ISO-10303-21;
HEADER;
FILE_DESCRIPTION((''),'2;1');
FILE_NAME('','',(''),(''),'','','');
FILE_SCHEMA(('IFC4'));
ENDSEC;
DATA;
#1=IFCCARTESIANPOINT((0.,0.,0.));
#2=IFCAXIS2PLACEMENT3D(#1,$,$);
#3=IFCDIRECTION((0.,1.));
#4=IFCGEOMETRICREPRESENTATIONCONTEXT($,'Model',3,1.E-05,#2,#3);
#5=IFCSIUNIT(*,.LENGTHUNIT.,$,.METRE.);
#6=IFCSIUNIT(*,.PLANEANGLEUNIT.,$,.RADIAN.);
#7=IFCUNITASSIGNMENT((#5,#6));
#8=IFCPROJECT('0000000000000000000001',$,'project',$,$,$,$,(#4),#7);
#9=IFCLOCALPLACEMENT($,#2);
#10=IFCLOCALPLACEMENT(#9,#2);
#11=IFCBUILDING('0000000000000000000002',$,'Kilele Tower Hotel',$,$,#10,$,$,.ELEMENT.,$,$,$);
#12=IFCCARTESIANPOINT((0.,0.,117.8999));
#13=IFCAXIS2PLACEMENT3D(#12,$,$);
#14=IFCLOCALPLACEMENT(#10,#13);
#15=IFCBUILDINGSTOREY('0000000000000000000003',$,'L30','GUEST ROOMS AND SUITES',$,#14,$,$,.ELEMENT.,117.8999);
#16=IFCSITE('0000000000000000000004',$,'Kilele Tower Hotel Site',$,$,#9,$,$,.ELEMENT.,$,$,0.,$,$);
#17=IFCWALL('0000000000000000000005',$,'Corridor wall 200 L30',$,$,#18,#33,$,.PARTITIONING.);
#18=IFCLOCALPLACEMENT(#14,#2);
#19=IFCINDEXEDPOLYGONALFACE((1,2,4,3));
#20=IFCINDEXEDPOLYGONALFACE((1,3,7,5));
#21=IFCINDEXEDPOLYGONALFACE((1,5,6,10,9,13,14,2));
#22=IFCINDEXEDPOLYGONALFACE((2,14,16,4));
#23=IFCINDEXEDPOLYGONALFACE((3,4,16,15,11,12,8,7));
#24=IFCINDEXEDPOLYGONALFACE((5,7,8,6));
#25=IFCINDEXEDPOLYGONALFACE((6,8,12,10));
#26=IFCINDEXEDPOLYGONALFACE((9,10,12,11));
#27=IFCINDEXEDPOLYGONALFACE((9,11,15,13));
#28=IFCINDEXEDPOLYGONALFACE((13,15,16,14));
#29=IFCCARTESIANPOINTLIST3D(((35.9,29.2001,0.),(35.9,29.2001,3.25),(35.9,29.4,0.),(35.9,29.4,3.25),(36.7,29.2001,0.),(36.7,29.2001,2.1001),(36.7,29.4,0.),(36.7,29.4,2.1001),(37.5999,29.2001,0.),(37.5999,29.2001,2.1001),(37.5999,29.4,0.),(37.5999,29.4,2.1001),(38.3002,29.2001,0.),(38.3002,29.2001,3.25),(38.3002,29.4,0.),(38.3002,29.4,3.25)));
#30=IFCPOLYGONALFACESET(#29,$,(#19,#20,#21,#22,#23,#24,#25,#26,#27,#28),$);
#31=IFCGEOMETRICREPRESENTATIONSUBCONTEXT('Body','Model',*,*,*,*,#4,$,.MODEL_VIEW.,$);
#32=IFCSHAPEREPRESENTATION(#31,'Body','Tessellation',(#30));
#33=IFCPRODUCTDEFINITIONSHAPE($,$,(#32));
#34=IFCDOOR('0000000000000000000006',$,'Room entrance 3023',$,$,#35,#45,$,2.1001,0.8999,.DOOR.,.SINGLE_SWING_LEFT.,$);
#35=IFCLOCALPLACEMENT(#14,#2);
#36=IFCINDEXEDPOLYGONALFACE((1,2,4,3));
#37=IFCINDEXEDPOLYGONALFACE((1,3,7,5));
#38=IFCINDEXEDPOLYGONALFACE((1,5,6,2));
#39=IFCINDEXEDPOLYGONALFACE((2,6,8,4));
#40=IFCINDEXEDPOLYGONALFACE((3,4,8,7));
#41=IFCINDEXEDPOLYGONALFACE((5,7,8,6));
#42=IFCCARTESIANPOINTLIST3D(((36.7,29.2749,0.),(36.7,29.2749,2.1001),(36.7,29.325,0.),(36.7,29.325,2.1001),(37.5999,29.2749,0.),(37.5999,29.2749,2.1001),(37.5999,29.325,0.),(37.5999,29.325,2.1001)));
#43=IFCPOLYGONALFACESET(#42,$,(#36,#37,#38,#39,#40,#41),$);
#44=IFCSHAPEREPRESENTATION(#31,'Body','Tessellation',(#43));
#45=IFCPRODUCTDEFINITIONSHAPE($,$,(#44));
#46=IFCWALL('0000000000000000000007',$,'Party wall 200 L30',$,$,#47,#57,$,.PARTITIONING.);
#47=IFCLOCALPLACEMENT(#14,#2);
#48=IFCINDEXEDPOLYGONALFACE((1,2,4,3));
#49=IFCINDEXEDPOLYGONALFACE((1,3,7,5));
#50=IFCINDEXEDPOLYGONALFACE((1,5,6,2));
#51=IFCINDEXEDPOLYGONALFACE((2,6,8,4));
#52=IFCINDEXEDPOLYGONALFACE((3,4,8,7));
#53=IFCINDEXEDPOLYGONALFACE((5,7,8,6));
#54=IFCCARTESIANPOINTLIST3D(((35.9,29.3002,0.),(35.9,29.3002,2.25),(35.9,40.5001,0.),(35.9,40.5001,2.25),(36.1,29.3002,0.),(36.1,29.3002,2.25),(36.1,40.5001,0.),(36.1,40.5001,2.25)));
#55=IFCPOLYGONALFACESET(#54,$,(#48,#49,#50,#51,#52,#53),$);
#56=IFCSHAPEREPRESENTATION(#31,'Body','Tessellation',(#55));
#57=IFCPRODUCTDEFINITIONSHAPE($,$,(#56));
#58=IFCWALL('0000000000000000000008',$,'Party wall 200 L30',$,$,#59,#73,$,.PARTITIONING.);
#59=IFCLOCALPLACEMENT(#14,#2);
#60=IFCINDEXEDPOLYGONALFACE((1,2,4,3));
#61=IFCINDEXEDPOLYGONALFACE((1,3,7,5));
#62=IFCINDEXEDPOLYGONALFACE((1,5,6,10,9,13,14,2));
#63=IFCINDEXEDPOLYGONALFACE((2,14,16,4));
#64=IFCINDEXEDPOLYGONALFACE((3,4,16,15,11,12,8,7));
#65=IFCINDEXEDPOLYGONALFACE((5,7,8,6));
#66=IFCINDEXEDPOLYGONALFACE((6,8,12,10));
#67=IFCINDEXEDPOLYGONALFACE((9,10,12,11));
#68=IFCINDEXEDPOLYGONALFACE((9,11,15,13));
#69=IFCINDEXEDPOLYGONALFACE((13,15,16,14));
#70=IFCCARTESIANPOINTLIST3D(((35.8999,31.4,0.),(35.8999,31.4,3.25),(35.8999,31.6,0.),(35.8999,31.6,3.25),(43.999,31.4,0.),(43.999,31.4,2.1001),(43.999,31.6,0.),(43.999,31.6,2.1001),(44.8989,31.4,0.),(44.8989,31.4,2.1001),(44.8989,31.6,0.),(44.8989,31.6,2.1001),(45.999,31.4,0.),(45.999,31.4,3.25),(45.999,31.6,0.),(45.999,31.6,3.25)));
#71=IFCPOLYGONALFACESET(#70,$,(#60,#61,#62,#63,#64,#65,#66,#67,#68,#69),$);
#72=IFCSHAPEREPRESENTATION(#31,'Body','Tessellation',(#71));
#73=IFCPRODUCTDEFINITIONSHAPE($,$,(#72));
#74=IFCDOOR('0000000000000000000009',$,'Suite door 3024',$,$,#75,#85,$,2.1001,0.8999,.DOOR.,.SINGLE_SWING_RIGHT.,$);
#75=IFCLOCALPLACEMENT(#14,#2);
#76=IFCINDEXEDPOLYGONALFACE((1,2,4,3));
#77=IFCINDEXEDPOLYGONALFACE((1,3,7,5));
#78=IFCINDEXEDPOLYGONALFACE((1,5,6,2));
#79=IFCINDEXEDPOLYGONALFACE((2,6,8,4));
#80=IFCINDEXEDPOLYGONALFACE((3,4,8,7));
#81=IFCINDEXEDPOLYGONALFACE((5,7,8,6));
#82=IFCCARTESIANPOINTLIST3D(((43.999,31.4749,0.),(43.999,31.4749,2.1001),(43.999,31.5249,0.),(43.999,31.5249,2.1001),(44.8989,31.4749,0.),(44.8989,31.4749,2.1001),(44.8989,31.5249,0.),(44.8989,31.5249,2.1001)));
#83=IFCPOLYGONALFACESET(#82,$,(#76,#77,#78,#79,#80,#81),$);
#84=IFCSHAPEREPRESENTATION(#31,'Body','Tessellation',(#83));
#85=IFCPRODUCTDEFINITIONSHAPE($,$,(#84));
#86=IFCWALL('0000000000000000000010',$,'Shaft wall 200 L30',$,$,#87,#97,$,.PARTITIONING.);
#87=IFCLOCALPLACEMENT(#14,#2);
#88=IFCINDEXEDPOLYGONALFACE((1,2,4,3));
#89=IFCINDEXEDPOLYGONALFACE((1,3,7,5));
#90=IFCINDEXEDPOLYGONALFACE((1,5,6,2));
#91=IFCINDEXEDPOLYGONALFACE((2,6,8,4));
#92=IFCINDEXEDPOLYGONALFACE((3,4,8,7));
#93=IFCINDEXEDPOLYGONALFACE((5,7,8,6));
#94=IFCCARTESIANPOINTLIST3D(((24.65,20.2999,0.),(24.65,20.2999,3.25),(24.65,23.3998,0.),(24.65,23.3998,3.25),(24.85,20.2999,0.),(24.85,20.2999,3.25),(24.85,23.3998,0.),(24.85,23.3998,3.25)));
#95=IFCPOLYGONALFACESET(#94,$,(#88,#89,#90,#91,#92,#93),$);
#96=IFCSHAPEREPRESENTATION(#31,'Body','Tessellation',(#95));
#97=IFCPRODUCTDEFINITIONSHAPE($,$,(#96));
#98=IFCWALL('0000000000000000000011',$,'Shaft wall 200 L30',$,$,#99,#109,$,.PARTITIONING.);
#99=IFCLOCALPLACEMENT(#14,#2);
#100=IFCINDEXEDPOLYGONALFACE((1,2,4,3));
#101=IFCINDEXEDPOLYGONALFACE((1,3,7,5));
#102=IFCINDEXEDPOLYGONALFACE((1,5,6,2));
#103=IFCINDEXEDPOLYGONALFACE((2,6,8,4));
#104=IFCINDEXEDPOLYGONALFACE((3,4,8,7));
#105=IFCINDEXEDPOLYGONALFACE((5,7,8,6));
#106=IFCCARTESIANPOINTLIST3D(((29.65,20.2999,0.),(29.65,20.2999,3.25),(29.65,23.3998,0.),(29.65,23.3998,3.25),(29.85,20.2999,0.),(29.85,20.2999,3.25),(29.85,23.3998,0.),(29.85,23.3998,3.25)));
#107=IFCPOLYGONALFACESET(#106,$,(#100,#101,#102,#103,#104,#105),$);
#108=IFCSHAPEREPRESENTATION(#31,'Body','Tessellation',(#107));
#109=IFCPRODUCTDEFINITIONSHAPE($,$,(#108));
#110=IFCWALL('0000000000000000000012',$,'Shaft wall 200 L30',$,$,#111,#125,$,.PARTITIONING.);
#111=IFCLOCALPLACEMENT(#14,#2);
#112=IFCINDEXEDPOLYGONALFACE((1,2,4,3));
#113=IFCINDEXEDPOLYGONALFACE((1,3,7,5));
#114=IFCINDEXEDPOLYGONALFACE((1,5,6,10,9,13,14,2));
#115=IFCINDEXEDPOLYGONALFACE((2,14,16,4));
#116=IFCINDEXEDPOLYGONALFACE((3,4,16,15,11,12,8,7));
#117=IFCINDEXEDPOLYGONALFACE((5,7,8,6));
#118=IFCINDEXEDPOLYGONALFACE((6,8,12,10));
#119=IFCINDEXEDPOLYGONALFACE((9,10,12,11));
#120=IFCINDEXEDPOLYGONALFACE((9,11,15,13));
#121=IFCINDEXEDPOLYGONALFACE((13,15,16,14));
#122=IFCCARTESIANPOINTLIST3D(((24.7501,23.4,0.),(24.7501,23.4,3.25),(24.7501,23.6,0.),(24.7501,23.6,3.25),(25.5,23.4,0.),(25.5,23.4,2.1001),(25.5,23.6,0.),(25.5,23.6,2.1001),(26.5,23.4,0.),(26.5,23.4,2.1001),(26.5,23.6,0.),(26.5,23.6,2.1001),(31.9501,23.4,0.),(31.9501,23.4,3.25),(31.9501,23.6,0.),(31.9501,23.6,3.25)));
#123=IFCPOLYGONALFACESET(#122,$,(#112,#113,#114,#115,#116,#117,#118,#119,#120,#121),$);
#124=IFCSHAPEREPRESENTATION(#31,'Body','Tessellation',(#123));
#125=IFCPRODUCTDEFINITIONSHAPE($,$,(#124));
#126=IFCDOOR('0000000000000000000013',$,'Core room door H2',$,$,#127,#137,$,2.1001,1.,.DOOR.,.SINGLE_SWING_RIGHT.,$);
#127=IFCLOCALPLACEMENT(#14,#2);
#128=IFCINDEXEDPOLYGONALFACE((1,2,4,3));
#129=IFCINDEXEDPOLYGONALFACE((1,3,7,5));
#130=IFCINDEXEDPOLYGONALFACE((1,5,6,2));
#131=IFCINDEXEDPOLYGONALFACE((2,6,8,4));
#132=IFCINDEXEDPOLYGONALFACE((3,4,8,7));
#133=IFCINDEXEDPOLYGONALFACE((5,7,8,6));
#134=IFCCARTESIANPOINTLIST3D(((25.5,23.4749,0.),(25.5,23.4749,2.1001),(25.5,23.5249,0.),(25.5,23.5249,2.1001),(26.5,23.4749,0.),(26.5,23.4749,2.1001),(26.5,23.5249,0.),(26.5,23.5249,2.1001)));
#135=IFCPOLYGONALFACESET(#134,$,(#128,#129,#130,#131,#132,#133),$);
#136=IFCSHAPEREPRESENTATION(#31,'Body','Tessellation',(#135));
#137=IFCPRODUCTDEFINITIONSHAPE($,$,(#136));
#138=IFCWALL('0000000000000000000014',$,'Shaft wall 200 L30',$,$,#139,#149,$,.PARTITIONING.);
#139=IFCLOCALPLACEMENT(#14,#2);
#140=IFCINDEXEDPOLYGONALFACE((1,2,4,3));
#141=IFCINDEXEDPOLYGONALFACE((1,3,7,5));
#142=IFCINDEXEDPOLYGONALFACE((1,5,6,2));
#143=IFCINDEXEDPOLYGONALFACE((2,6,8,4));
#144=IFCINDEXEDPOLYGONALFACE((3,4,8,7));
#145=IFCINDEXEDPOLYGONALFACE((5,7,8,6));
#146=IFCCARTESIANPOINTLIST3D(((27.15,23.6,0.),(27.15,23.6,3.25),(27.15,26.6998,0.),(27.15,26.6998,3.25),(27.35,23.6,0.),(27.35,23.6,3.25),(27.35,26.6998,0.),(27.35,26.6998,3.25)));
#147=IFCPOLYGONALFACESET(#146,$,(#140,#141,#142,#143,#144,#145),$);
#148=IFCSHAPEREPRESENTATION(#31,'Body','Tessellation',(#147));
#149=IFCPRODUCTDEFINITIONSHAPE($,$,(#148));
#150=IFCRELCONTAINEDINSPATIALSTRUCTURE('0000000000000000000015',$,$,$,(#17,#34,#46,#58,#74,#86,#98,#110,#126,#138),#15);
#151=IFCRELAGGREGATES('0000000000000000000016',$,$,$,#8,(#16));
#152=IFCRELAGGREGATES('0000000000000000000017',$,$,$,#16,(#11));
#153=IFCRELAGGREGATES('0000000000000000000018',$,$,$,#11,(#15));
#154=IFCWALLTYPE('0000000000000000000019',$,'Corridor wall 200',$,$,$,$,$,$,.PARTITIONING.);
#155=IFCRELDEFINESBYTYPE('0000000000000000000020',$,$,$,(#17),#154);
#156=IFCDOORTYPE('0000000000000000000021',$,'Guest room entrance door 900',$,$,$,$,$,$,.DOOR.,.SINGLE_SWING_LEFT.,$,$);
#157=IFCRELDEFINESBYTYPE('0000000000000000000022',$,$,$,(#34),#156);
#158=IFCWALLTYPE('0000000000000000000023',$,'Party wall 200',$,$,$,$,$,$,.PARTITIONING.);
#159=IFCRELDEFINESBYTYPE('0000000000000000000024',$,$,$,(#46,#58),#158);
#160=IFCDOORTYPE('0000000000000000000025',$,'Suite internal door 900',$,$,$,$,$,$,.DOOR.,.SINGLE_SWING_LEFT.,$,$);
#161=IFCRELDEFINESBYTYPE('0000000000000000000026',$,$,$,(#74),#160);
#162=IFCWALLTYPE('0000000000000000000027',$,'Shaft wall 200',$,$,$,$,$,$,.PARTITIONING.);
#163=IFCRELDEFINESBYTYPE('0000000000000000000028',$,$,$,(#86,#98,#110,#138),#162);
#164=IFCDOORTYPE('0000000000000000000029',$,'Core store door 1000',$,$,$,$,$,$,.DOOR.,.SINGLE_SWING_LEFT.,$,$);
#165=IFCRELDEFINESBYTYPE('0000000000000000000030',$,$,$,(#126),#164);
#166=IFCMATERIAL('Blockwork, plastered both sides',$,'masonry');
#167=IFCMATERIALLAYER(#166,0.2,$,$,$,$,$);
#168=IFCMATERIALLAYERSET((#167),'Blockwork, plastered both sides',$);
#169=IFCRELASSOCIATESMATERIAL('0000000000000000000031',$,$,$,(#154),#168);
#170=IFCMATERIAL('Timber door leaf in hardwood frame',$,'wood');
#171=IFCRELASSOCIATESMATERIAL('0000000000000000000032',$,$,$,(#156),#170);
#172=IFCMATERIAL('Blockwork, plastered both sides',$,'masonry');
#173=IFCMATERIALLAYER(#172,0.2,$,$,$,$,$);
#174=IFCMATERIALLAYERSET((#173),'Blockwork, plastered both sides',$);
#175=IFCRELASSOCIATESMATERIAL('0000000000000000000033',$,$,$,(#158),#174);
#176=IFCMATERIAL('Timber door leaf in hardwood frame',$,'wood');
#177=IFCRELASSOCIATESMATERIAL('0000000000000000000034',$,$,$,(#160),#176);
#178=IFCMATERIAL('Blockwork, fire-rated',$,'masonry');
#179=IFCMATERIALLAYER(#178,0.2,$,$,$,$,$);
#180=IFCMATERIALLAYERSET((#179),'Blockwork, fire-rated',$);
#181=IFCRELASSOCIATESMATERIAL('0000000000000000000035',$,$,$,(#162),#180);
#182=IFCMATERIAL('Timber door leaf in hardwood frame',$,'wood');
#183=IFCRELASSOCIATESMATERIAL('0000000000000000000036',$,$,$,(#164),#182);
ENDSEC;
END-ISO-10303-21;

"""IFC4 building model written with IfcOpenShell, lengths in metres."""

from ifc_helpers import new_model, si_unit, direction, frame, frame_2d, origin, place, context, subcontext, project, spatial, rectangle, extrude, material, layer, layer_set, type_object, element, fill, save


model = new_model("IFC4")

# Units and contexts
model_context = context("Model", 3, precision=1e-05, world=origin(), true_north=direction((0.0, 1.0)))
body_context = subcontext(model_context, "Body", "Model", "MODEL_VIEW")
ifc_project = project(units=[si_unit("LENGTHUNIT", "METRE"), si_unit("PLANEANGLEUNIT", "RADIAN")], contexts=[model_context])

# Site, building, storey
site_placement = place(None, origin())
site = spatial("IfcSite", under=ifc_project, at=site_placement, Name="Kilele Tower Hotel Site", CompositionType="ELEMENT", RefElevation=0.0)
building_placement = place(site_placement, origin())
building = spatial("IfcBuilding", under=site, at=building_placement, Name="Kilele Tower Hotel", CompositionType="ELEMENT")
storey_placement = place(building_placement, frame((0.0, 0.0, 117.8999)))
storey = spatial("IfcBuildingStorey", under=building, at=storey_placement, Name="L30", Description="GUEST ROOMS AND SUITES", CompositionType="ELEMENT", Elevation=117.8999)

# Wall, opening, door
ifc_material_1 = material(Name="Blockwork, plastered both sides", Category="masonry")
ifc_layer_1 = layer(ifc_material_1, 0.2)
ifc_layer_set_1 = layer_set([ifc_layer_1], Name="Blockwork, plastered both sides")
wall_type_1 = type_object("IfcWallType", Name="Corridor wall 200", PredefinedType="PARTITIONING", material=ifc_layer_set_1)
wall_1_placement = place(storey_placement, frame((35.8999, 29.3, 0.0), z_axis=(0.0, 0.0, 1.0), x_axis=(1.0, 0.0, 0.0)))
wall_1 = element("IfcWall", 1, at=wall_1_placement, inside=storey, type_object=wall_type_1, Name="Corridor wall 200 L30", PredefinedType="PARTITIONING", context=body_context, shape_type="SweptSolid", body=[
    extrude(rectangle(XDim=2.4001, YDim=0.2, at=frame_2d((1.2002, 0.0))), origin(), (0.0, 0.0, 1.0), 3.25),
])
opening_1_placement = place(wall_1_placement, frame((0.8, 0.0, 0.0)))
opening_1 = element("IfcOpeningElement", 2, at=opening_1_placement, cuts=wall_1, PredefinedType="OPENING", context=body_context, shape_type="SweptSolid", body=[
    extrude(rectangle(XDim=0.8999, YDim=2.1001, at=frame_2d((0.45, 1.05))), frame((0.0, 0.1099, 0.0), z_axis=(0.0, -1.0, 0.0), x_axis=(1.0, 0.0, 0.0)), (0.0, 0.0, 1.0), 0.22),
])
ifc_material_2 = material(Name="Timber door leaf in hardwood frame", Category="wood")
door_type_1 = type_object("IfcDoorType", Name="Guest room entrance door 900", OperationType="SINGLE_SWING_LEFT", PredefinedType="DOOR", material=ifc_material_2)
door_1_placement = place(opening_1_placement, origin())
door_1 = element("IfcDoor", 3, at=door_1_placement, inside=storey, type_object=door_type_1, Name="Room entrance 3023", OperationType="SINGLE_SWING_LEFT", OverallHeight=2.1001, OverallWidth=0.8999, PredefinedType="DOOR", context=body_context, shape_type="SweptSolid", body=[
    extrude(rectangle(XDim=0.8999, YDim=2.1001, at=frame_2d((0.45, 1.05))), frame((0.0, 0.0249, 0.0), z_axis=(0.0, -1.0, 0.0), x_axis=(1.0, 0.0, 0.0)), (0.0, 0.0, 1.0), 0.05),
])
fill(opening_1, door_1)

# Wall
ifc_material_3 = material(Name="Blockwork, plastered both sides", Category="masonry")
ifc_layer_2 = layer(ifc_material_3, 0.2)
ifc_layer_set_2 = layer_set([ifc_layer_2], Name="Blockwork, plastered both sides")
wall_type_2 = type_object("IfcWallType", Name="Party wall 200", PredefinedType="PARTITIONING", material=ifc_layer_set_2)
wall_2_placement = place(storey_placement, frame((36.0, 29.3, 0.0), z_axis=(0.0, 0.0, 1.0), x_axis=(0.0, 1.0, 0.0)))
element("IfcWall", 4, at=wall_2_placement, inside=storey, type_object=wall_type_2, Name="Party wall 200 L30", PredefinedType="PARTITIONING", context=body_context, shape_type="SweptSolid", body=[
    extrude(rectangle(XDim=11.2, YDim=0.2, at=frame_2d((5.6001, 0.0))), origin(), (0.0, 0.0, 1.0), 2.25),
])

# Wall, opening, door
wall_3_placement = place(storey_placement, frame((35.8999, 31.5, 0.0), z_axis=(0.0, 0.0, 1.0), x_axis=(1.0, 0.0, 0.0)))
wall_3 = element("IfcWall", 5, at=wall_3_placement, inside=storey, type_object=wall_type_2, Name="Party wall 200 L30", PredefinedType="PARTITIONING", context=body_context, shape_type="SweptSolid", body=[
    extrude(rectangle(XDim=10.0991, YDim=0.2, at=frame_2d((5.0496, 0.0))), origin(), (0.0, 0.0, 1.0), 3.25),
])
opening_2_placement = place(wall_3_placement, frame((8.0991, 0.0, 0.0)))
opening_2 = element("IfcOpeningElement", 6, at=opening_2_placement, cuts=wall_3, PredefinedType="OPENING", context=body_context, shape_type="SweptSolid", body=[
    extrude(rectangle(XDim=0.8999, YDim=2.1001, at=frame_2d((0.45, 1.05))), frame((0.0, 0.1099, 0.0), z_axis=(0.0, -1.0, 0.0), x_axis=(1.0, 0.0, 0.0)), (0.0, 0.0, 1.0), 0.22),
])
ifc_material_4 = material(Name="Timber door leaf in hardwood frame", Category="wood")
door_type_2 = type_object("IfcDoorType", Name="Suite internal door 900", OperationType="SINGLE_SWING_LEFT", PredefinedType="DOOR", material=ifc_material_4)
door_2_placement = place(opening_2_placement, origin())
door_2 = element("IfcDoor", 7, at=door_2_placement, inside=storey, type_object=door_type_2, Name="Suite door 3024", OperationType="SINGLE_SWING_RIGHT", OverallHeight=2.1001, OverallWidth=0.8999, PredefinedType="DOOR", context=body_context, shape_type="SweptSolid", body=[
    extrude(rectangle(XDim=0.8999, YDim=2.1001, at=frame_2d((0.45, 1.05))), frame((0.0, 0.0249, 0.0), z_axis=(0.0, -1.0, 0.0), x_axis=(1.0, 0.0, 0.0)), (0.0, 0.0, 1.0), 0.05),
])
fill(opening_2, door_2)

# Walls
ifc_material_5 = material(Name="Blockwork, fire-rated", Category="masonry")
ifc_layer_3 = layer(ifc_material_5, 0.2)
ifc_layer_set_3 = layer_set([ifc_layer_3], Name="Blockwork, fire-rated")
wall_type_3 = type_object("IfcWallType", Name="Shaft wall 200", PredefinedType="PARTITIONING", material=ifc_layer_set_3)
for number, where, z_axis, x_axis, name in (
    (8, (24.75, 20.3, 0.0), (0.0, 0.0, 1.0), (0.0, 1.0, 0.0), "Shaft wall 200 L30"),
    (9, (29.75, 20.3, 0.0), (0.0, 0.0, 1.0), (0.0, 1.0, 0.0), "Shaft wall 200 L30"),
):
    element("IfcWall", number, at=place(storey_placement, frame(where, z_axis=z_axis, x_axis=x_axis)), inside=storey, type_object=wall_type_3, Name=name, PredefinedType="PARTITIONING", context=body_context, shape_type="SweptSolid", body=[
        extrude(rectangle(XDim=3.0999, YDim=0.2, at=frame_2d((1.5498, 0.0))), origin(), (0.0, 0.0, 1.0), 3.25),
    ])

# Wall, opening, door
wall_4_placement = place(storey_placement, frame((24.75, 23.5, 0.0), z_axis=(0.0, 0.0, 1.0), x_axis=(1.0, 0.0, 0.0)))
wall_4 = element("IfcWall", 10, at=wall_4_placement, inside=storey, type_object=wall_type_3, Name="Shaft wall 200 L30", PredefinedType="PARTITIONING", context=body_context, shape_type="SweptSolid", body=[
    extrude(rectangle(XDim=7.2, YDim=0.2, at=frame_2d((3.6001, 0.0))), origin(), (0.0, 0.0, 1.0), 3.25),
])
opening_3_placement = place(wall_4_placement, frame((0.75, 0.0, 0.0)))
opening_3 = element("IfcOpeningElement", 11, at=opening_3_placement, cuts=wall_4, PredefinedType="OPENING", context=body_context, shape_type="SweptSolid", body=[
    extrude(rectangle(XDim=1.0, YDim=2.1001, at=frame_2d((0.5, 1.05))), frame((0.0, 0.1099, 0.0), z_axis=(0.0, -1.0, 0.0), x_axis=(1.0, 0.0, 0.0)), (0.0, 0.0, 1.0), 0.22),
])
ifc_material_6 = material(Name="Timber door leaf in hardwood frame", Category="wood")
door_type_3 = type_object("IfcDoorType", Name="Core store door 1000", OperationType="SINGLE_SWING_LEFT", PredefinedType="DOOR", material=ifc_material_6)
door_3_placement = place(opening_3_placement, origin())
door_3 = element("IfcDoor", 12, at=door_3_placement, inside=storey, type_object=door_type_3, Name="Core room door H2", OperationType="SINGLE_SWING_RIGHT", OverallHeight=2.1001, OverallWidth=1.0, PredefinedType="DOOR", context=body_context, shape_type="SweptSolid", body=[
    extrude(rectangle(XDim=1.0, YDim=2.1001, at=frame_2d((0.5, 1.05))), frame((0.0, 0.0249, 0.0), z_axis=(0.0, -1.0, 0.0), x_axis=(1.0, 0.0, 0.0)), (0.0, 0.0, 1.0), 0.05),
])
fill(opening_3, door_3)

# Wall
wall_5_placement = place(storey_placement, frame((27.25, 23.6001, 0.0), z_axis=(0.0, 0.0, 1.0), x_axis=(0.0, 1.0, 0.0)))
element("IfcWall", 13, at=wall_5_placement, inside=storey, type_object=wall_type_3, Name="Shaft wall 200 L30", PredefinedType="PARTITIONING", context=body_context, shape_type="SweptSolid", body=[
    extrude(rectangle(XDim=3.0999, YDim=0.2, at=frame_2d((1.5498, 0.0))), origin(), (0.0, 0.0, 1.0), 3.25),
])

save(model, "model.ifc")
